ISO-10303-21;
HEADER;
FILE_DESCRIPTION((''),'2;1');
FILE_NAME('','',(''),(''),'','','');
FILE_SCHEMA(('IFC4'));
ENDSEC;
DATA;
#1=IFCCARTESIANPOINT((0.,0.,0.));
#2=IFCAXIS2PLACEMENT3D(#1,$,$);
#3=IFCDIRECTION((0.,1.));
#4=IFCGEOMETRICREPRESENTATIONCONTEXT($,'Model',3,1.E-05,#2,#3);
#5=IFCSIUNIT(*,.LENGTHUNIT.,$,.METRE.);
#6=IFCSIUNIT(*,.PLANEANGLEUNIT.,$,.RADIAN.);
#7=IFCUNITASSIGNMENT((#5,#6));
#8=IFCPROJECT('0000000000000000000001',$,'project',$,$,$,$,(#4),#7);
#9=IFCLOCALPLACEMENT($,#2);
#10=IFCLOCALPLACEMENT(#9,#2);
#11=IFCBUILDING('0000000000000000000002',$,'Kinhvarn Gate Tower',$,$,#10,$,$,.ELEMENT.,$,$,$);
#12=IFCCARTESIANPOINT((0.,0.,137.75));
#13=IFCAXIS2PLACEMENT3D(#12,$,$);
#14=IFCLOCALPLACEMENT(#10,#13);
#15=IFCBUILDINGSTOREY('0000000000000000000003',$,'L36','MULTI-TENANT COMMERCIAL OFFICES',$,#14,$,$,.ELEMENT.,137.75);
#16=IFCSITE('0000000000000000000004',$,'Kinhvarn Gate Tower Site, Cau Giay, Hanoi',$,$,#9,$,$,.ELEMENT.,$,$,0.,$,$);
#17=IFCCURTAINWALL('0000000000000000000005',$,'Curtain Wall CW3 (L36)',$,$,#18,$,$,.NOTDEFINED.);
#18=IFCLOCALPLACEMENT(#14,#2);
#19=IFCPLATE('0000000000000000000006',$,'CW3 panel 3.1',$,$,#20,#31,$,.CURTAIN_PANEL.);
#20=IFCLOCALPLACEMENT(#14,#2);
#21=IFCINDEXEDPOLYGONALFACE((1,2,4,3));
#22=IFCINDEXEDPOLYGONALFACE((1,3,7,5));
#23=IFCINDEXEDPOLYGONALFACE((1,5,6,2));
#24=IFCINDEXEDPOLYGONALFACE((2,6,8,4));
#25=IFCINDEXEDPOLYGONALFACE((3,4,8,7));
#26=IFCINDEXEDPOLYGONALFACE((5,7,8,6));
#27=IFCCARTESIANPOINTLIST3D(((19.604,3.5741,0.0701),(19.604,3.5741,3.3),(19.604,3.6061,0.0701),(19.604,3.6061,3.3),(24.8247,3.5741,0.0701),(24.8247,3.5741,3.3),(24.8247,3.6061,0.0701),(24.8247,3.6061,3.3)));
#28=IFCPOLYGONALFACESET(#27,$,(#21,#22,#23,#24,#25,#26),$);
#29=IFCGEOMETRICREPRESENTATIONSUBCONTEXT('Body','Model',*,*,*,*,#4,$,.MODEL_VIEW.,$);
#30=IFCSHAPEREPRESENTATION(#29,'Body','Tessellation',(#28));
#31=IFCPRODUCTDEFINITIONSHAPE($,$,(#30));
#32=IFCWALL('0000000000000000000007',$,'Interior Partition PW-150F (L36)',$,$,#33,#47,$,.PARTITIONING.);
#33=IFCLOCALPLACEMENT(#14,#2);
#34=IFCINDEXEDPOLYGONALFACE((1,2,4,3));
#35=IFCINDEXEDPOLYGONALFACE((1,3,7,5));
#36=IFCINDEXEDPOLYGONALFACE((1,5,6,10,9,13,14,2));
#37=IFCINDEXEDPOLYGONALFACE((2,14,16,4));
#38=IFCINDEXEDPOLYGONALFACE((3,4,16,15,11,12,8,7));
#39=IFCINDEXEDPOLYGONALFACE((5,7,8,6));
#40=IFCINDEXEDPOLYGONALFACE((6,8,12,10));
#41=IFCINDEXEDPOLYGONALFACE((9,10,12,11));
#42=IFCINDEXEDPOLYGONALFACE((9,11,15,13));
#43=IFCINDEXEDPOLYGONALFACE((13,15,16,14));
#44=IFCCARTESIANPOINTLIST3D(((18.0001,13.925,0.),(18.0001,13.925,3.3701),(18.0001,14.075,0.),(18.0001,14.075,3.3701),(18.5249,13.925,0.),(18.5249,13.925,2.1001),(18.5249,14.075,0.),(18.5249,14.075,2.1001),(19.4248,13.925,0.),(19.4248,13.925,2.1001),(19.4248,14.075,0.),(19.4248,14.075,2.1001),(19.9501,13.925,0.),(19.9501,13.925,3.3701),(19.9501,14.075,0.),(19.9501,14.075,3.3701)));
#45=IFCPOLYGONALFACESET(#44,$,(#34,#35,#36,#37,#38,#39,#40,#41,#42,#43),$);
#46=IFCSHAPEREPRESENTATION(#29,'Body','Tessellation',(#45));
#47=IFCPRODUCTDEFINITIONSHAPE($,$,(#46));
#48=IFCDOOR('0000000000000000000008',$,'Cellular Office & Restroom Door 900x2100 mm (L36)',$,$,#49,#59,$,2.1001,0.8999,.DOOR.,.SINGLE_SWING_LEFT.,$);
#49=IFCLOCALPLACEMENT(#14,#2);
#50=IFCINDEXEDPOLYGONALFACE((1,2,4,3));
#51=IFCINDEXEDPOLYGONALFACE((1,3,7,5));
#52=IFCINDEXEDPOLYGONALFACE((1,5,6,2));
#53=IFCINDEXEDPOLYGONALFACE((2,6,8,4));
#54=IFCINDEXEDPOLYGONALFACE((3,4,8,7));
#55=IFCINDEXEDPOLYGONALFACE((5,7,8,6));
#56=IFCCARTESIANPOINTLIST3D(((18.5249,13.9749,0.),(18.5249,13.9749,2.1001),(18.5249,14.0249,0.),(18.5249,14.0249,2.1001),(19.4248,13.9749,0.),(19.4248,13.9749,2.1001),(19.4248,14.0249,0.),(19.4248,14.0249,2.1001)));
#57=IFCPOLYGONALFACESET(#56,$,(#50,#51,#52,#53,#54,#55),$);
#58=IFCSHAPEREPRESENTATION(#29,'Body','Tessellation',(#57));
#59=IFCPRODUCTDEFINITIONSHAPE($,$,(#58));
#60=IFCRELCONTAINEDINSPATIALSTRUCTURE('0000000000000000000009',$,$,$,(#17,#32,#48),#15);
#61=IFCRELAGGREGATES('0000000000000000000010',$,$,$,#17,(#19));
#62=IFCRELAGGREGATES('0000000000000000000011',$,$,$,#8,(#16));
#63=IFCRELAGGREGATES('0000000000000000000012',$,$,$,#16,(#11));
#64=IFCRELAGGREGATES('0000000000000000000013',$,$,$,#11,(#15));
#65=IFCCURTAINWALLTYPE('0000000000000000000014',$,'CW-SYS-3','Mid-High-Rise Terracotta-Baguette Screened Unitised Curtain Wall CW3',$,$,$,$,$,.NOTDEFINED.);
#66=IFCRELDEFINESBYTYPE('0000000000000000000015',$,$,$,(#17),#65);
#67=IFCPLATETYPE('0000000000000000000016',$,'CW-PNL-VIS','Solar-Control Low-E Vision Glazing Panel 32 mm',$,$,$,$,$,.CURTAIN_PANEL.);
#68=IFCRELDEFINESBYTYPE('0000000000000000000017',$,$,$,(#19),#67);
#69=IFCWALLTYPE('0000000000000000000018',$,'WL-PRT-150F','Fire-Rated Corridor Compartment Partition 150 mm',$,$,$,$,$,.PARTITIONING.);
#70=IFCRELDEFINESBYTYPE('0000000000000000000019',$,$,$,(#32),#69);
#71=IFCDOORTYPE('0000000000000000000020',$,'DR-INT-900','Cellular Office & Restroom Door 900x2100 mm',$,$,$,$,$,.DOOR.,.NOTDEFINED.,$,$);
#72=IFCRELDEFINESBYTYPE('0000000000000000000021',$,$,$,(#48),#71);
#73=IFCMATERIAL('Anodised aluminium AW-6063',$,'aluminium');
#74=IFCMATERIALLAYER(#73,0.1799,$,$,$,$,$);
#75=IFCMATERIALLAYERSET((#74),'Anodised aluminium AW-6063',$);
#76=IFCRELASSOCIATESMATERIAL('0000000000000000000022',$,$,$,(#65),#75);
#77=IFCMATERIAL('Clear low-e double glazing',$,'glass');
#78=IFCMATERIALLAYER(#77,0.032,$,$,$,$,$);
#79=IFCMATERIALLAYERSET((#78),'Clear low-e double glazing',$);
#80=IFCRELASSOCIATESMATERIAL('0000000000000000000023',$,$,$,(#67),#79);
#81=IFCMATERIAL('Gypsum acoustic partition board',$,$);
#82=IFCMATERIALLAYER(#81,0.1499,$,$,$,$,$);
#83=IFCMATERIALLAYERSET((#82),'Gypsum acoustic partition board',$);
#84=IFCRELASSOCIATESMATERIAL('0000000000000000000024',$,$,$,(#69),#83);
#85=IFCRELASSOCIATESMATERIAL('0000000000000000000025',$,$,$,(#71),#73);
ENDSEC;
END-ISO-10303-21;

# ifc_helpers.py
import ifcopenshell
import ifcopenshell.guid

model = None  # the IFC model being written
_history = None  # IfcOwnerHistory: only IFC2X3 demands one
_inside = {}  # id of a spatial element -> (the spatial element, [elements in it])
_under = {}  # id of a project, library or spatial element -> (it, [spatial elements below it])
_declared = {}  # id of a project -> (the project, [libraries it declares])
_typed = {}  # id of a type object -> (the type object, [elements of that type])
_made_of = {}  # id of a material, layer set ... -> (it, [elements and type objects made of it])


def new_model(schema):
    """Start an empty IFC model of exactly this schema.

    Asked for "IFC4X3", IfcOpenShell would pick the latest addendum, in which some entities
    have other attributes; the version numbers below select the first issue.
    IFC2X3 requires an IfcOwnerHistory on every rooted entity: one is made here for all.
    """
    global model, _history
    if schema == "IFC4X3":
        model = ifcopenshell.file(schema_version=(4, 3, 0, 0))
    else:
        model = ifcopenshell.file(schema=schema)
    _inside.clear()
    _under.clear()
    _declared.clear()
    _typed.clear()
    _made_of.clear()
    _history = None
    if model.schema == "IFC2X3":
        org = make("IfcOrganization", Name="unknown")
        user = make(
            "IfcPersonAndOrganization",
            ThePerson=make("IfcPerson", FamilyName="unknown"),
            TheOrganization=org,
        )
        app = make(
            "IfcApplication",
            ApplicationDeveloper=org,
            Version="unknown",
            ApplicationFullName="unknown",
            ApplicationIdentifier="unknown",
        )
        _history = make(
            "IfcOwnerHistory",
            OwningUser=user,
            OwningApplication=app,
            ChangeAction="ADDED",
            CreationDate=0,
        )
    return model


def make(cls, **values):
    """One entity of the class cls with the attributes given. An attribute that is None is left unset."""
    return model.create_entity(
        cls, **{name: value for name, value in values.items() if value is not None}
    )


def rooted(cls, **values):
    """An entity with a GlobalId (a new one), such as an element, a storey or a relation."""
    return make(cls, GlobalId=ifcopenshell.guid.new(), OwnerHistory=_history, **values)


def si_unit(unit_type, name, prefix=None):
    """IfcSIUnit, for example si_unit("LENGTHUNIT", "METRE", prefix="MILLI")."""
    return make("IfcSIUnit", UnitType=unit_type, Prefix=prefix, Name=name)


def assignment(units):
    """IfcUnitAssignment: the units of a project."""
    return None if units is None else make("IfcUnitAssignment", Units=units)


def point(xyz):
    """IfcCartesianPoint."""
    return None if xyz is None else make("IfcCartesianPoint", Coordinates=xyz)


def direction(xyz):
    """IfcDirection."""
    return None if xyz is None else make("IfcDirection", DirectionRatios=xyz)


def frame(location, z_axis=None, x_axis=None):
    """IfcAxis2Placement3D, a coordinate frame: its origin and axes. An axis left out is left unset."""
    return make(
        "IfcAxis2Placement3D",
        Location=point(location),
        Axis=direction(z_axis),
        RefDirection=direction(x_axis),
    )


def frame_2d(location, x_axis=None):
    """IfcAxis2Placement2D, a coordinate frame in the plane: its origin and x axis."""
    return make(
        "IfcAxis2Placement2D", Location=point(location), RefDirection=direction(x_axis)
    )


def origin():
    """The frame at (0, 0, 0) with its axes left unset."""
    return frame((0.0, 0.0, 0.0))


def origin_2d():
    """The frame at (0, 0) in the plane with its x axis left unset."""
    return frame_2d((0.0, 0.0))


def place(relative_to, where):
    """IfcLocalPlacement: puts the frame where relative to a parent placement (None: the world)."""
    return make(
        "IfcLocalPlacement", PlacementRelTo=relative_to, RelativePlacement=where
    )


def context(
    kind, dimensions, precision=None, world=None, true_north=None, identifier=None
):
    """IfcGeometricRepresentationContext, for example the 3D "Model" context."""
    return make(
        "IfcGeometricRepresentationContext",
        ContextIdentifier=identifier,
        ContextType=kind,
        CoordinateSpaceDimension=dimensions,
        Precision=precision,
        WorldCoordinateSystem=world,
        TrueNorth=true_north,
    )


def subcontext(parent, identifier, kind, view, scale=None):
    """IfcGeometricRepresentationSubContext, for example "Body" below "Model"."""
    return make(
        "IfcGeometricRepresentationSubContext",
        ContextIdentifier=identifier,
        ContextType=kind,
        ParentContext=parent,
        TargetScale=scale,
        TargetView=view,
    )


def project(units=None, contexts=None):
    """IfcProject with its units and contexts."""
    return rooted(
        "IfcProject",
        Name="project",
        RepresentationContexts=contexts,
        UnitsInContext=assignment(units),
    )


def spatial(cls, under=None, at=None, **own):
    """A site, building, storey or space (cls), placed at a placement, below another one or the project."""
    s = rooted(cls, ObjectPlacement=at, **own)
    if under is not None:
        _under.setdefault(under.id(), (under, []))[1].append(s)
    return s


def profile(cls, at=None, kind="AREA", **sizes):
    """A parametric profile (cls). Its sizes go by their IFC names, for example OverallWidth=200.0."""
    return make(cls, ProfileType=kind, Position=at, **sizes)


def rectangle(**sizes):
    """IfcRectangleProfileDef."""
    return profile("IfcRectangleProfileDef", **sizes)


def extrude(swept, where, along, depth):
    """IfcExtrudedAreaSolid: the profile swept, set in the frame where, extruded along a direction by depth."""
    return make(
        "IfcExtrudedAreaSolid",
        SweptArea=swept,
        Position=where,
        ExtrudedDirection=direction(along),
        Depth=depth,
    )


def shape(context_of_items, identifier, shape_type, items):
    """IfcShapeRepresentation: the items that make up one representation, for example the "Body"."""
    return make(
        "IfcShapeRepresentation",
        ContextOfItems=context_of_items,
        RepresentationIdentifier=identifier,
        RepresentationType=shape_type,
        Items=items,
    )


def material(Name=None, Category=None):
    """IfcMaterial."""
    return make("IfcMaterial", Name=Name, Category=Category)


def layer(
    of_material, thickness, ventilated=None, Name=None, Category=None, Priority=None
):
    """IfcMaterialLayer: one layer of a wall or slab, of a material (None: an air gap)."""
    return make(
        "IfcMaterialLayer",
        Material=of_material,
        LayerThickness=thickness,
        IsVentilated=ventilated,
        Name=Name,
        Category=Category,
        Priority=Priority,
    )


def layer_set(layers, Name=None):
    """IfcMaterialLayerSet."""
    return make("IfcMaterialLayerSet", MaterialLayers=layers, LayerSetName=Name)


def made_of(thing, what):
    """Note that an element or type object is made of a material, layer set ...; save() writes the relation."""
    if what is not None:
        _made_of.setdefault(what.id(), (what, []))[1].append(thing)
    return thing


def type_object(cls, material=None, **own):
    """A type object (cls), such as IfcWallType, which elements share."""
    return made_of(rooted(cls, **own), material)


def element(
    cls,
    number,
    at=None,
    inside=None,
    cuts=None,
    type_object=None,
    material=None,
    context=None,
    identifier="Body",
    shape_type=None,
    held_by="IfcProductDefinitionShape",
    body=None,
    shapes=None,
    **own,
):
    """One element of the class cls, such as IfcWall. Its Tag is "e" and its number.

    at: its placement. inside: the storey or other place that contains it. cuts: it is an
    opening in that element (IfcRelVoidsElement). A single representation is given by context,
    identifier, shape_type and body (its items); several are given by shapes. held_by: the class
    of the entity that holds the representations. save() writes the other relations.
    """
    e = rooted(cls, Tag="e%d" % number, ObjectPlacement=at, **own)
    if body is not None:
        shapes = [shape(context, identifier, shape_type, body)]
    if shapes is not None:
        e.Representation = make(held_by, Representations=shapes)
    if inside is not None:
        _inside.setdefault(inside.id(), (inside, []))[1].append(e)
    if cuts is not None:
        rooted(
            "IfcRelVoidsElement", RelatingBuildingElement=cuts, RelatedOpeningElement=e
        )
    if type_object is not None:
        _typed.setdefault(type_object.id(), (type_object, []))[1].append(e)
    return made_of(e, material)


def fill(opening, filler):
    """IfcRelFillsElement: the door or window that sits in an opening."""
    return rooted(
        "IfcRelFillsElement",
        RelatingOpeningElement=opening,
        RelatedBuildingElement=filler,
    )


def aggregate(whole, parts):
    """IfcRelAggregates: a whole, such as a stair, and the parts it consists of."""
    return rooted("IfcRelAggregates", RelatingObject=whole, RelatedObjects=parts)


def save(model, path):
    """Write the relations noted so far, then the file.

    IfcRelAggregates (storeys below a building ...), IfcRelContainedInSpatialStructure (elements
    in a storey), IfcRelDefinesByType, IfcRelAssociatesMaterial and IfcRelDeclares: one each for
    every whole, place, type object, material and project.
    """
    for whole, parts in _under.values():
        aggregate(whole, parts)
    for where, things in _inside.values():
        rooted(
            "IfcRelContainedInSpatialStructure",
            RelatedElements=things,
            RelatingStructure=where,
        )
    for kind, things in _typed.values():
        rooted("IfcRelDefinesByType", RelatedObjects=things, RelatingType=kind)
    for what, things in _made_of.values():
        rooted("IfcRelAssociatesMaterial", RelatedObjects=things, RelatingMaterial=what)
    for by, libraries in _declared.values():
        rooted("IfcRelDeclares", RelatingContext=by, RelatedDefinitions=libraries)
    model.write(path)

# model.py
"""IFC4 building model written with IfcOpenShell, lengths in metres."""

from ifc_helpers import new_model, si_unit, direction, frame, frame_2d, origin, origin_2d, place, context, subcontext, project, spatial, rectangle, extrude, material, layer, layer_set, type_object, element, fill, aggregate, save


model = new_model("IFC4")

# Units and contexts
model_context = context("Model", 3, precision=1e-05, world=origin(), true_north=direction((0.0, 1.0)))
body_context = subcontext(model_context, "Body", "Model", "MODEL_VIEW")
ifc_project = project(units=[si_unit("LENGTHUNIT", "METRE"), si_unit("PLANEANGLEUNIT", "RADIAN")], contexts=[model_context])

# Site, building, storey
site_placement = place(None, origin())
site = spatial("IfcSite", under=ifc_project, at=site_placement, Name="Kinhvarn Gate Tower Site, Cau Giay, Hanoi", CompositionType="ELEMENT", RefElevation=0.0)
building_placement = place(site_placement, origin())
building = spatial("IfcBuilding", under=site, at=building_placement, Name="Kinhvarn Gate Tower", CompositionType="ELEMENT")
storey_placement = place(building_placement, frame((0.0, 0.0, 137.75)))
storey = spatial("IfcBuildingStorey", under=building, at=storey_placement, Name="L36", Description="MULTI-TENANT COMMERCIAL OFFICES", CompositionType="ELEMENT", Elevation=137.75)

# Curtain wall
ifc_material_1 = material(Name="Anodised aluminium AW-6063", Category="aluminium")
ifc_layer_1 = layer(ifc_material_1, 0.1799)
ifc_layer_set_1 = layer_set([ifc_layer_1], Name="Anodised aluminium AW-6063")
curtain_wall_type = type_object("IfcCurtainWallType", Name="CW-SYS-3", Description="Mid-High-Rise Terracotta-Baguette Screened Unitised Curtain Wall CW3", PredefinedType="NOTDEFINED", material=ifc_layer_set_1)
curtain_wall_placement = place(storey_placement, origin())
curtain_wall = element("IfcCurtainWall", 1, at=curtain_wall_placement, inside=storey, type_object=curtain_wall_type, Name="Curtain Wall CW3 (L36)", PredefinedType="NOTDEFINED")

# Plate
ifc_material_2 = material(Name="Clear low-e double glazing", Category="glass")
ifc_layer_2 = layer(ifc_material_2, 0.032)
ifc_layer_set_2 = layer_set([ifc_layer_2], Name="Clear low-e double glazing")
plate_type = type_object("IfcPlateType", Name="CW-PNL-VIS", Description="Solar-Control Low-E Vision Glazing Panel 32 mm", PredefinedType="CURTAIN_PANEL", material=ifc_layer_set_2)
plate_1_placement = place(storey_placement, frame((22.2144, 3.5901, 0.0701), z_axis=(0.0, 0.0, 1.0), x_axis=(1.0, 0.0, 0.0)))
plate_1 = element("IfcPlate", 2, at=plate_1_placement, type_object=plate_type, Name="CW3 panel 3.1", PredefinedType="CURTAIN_PANEL", context=body_context, shape_type="SweptSolid", body=[
    extrude(rectangle(XDim=5.2207, YDim=0.032, at=origin_2d()), origin(), (0.0, 0.0, 1.0), 3.23),
])
aggregate(curtain_wall, [plate_1])

# Wall, opening, door
ifc_material_3 = material(Name="Gypsum acoustic partition board")
ifc_layer_3 = layer(ifc_material_3, 0.1499)
ifc_layer_set_3 = layer_set([ifc_layer_3], Name="Gypsum acoustic partition board")
wall_type = type_object("IfcWallType", Name="WL-PRT-150F", Description="Fire-Rated Corridor Compartment Partition 150 mm", PredefinedType="PARTITIONING", material=ifc_layer_set_3)
wall_placement = place(storey_placement, frame((18.0, 14.0, 0.0), z_axis=(0.0, 0.0, 1.0), x_axis=(1.0, 0.0, 0.0)))
wall = element("IfcWall", 3, at=wall_placement, inside=storey, type_object=wall_type, Name="Interior Partition PW-150F (L36)", PredefinedType="PARTITIONING", context=body_context, shape_type="SweptSolid", body=[
    extrude(rectangle(XDim=1.95, YDim=0.1499, at=frame_2d((0.9751, 0.0))), origin(), (0.0, 0.0, 1.0), 3.3701),
])
opening_placement = place(wall_placement, frame((0.5249, 0.0, 0.0)))
opening = element("IfcOpeningElement", 4, at=opening_placement, cuts=wall, PredefinedType="OPENING", context=body_context, shape_type="SweptSolid", body=[
    extrude(rectangle(XDim=0.8999, YDim=2.1001, at=frame_2d((0.45, 1.05))), frame((0.0, 0.085, 0.0), z_axis=(0.0, -1.0, 0.0), x_axis=(1.0, 0.0, 0.0)), (0.0, 0.0, 1.0), 0.1699),
])
door_type = type_object("IfcDoorType", Name="DR-INT-900", Description="Cellular Office & Restroom Door 900x2100 mm", OperationType="NOTDEFINED", PredefinedType="DOOR", material=ifc_material_1)
door_placement = place(opening_placement, origin())
door = element("IfcDoor", 5, at=door_placement, inside=storey, type_object=door_type, Name="Cellular Office & Restroom Door 900x2100 mm (L36)", OperationType="SINGLE_SWING_LEFT", OverallHeight=2.1001, OverallWidth=0.8999, PredefinedType="DOOR", context=body_context, shape_type="SweptSolid", body=[
    extrude(rectangle(XDim=0.8999, YDim=2.1001, at=frame_2d((0.45, 1.05))), frame((0.0, 0.0249, 0.0), z_axis=(0.0, -1.0, 0.0), x_axis=(1.0, 0.0, 0.0)), (0.0, 0.0, 1.0), 0.05),
])
fill(opening, door)

save(model, "model.ifc")
